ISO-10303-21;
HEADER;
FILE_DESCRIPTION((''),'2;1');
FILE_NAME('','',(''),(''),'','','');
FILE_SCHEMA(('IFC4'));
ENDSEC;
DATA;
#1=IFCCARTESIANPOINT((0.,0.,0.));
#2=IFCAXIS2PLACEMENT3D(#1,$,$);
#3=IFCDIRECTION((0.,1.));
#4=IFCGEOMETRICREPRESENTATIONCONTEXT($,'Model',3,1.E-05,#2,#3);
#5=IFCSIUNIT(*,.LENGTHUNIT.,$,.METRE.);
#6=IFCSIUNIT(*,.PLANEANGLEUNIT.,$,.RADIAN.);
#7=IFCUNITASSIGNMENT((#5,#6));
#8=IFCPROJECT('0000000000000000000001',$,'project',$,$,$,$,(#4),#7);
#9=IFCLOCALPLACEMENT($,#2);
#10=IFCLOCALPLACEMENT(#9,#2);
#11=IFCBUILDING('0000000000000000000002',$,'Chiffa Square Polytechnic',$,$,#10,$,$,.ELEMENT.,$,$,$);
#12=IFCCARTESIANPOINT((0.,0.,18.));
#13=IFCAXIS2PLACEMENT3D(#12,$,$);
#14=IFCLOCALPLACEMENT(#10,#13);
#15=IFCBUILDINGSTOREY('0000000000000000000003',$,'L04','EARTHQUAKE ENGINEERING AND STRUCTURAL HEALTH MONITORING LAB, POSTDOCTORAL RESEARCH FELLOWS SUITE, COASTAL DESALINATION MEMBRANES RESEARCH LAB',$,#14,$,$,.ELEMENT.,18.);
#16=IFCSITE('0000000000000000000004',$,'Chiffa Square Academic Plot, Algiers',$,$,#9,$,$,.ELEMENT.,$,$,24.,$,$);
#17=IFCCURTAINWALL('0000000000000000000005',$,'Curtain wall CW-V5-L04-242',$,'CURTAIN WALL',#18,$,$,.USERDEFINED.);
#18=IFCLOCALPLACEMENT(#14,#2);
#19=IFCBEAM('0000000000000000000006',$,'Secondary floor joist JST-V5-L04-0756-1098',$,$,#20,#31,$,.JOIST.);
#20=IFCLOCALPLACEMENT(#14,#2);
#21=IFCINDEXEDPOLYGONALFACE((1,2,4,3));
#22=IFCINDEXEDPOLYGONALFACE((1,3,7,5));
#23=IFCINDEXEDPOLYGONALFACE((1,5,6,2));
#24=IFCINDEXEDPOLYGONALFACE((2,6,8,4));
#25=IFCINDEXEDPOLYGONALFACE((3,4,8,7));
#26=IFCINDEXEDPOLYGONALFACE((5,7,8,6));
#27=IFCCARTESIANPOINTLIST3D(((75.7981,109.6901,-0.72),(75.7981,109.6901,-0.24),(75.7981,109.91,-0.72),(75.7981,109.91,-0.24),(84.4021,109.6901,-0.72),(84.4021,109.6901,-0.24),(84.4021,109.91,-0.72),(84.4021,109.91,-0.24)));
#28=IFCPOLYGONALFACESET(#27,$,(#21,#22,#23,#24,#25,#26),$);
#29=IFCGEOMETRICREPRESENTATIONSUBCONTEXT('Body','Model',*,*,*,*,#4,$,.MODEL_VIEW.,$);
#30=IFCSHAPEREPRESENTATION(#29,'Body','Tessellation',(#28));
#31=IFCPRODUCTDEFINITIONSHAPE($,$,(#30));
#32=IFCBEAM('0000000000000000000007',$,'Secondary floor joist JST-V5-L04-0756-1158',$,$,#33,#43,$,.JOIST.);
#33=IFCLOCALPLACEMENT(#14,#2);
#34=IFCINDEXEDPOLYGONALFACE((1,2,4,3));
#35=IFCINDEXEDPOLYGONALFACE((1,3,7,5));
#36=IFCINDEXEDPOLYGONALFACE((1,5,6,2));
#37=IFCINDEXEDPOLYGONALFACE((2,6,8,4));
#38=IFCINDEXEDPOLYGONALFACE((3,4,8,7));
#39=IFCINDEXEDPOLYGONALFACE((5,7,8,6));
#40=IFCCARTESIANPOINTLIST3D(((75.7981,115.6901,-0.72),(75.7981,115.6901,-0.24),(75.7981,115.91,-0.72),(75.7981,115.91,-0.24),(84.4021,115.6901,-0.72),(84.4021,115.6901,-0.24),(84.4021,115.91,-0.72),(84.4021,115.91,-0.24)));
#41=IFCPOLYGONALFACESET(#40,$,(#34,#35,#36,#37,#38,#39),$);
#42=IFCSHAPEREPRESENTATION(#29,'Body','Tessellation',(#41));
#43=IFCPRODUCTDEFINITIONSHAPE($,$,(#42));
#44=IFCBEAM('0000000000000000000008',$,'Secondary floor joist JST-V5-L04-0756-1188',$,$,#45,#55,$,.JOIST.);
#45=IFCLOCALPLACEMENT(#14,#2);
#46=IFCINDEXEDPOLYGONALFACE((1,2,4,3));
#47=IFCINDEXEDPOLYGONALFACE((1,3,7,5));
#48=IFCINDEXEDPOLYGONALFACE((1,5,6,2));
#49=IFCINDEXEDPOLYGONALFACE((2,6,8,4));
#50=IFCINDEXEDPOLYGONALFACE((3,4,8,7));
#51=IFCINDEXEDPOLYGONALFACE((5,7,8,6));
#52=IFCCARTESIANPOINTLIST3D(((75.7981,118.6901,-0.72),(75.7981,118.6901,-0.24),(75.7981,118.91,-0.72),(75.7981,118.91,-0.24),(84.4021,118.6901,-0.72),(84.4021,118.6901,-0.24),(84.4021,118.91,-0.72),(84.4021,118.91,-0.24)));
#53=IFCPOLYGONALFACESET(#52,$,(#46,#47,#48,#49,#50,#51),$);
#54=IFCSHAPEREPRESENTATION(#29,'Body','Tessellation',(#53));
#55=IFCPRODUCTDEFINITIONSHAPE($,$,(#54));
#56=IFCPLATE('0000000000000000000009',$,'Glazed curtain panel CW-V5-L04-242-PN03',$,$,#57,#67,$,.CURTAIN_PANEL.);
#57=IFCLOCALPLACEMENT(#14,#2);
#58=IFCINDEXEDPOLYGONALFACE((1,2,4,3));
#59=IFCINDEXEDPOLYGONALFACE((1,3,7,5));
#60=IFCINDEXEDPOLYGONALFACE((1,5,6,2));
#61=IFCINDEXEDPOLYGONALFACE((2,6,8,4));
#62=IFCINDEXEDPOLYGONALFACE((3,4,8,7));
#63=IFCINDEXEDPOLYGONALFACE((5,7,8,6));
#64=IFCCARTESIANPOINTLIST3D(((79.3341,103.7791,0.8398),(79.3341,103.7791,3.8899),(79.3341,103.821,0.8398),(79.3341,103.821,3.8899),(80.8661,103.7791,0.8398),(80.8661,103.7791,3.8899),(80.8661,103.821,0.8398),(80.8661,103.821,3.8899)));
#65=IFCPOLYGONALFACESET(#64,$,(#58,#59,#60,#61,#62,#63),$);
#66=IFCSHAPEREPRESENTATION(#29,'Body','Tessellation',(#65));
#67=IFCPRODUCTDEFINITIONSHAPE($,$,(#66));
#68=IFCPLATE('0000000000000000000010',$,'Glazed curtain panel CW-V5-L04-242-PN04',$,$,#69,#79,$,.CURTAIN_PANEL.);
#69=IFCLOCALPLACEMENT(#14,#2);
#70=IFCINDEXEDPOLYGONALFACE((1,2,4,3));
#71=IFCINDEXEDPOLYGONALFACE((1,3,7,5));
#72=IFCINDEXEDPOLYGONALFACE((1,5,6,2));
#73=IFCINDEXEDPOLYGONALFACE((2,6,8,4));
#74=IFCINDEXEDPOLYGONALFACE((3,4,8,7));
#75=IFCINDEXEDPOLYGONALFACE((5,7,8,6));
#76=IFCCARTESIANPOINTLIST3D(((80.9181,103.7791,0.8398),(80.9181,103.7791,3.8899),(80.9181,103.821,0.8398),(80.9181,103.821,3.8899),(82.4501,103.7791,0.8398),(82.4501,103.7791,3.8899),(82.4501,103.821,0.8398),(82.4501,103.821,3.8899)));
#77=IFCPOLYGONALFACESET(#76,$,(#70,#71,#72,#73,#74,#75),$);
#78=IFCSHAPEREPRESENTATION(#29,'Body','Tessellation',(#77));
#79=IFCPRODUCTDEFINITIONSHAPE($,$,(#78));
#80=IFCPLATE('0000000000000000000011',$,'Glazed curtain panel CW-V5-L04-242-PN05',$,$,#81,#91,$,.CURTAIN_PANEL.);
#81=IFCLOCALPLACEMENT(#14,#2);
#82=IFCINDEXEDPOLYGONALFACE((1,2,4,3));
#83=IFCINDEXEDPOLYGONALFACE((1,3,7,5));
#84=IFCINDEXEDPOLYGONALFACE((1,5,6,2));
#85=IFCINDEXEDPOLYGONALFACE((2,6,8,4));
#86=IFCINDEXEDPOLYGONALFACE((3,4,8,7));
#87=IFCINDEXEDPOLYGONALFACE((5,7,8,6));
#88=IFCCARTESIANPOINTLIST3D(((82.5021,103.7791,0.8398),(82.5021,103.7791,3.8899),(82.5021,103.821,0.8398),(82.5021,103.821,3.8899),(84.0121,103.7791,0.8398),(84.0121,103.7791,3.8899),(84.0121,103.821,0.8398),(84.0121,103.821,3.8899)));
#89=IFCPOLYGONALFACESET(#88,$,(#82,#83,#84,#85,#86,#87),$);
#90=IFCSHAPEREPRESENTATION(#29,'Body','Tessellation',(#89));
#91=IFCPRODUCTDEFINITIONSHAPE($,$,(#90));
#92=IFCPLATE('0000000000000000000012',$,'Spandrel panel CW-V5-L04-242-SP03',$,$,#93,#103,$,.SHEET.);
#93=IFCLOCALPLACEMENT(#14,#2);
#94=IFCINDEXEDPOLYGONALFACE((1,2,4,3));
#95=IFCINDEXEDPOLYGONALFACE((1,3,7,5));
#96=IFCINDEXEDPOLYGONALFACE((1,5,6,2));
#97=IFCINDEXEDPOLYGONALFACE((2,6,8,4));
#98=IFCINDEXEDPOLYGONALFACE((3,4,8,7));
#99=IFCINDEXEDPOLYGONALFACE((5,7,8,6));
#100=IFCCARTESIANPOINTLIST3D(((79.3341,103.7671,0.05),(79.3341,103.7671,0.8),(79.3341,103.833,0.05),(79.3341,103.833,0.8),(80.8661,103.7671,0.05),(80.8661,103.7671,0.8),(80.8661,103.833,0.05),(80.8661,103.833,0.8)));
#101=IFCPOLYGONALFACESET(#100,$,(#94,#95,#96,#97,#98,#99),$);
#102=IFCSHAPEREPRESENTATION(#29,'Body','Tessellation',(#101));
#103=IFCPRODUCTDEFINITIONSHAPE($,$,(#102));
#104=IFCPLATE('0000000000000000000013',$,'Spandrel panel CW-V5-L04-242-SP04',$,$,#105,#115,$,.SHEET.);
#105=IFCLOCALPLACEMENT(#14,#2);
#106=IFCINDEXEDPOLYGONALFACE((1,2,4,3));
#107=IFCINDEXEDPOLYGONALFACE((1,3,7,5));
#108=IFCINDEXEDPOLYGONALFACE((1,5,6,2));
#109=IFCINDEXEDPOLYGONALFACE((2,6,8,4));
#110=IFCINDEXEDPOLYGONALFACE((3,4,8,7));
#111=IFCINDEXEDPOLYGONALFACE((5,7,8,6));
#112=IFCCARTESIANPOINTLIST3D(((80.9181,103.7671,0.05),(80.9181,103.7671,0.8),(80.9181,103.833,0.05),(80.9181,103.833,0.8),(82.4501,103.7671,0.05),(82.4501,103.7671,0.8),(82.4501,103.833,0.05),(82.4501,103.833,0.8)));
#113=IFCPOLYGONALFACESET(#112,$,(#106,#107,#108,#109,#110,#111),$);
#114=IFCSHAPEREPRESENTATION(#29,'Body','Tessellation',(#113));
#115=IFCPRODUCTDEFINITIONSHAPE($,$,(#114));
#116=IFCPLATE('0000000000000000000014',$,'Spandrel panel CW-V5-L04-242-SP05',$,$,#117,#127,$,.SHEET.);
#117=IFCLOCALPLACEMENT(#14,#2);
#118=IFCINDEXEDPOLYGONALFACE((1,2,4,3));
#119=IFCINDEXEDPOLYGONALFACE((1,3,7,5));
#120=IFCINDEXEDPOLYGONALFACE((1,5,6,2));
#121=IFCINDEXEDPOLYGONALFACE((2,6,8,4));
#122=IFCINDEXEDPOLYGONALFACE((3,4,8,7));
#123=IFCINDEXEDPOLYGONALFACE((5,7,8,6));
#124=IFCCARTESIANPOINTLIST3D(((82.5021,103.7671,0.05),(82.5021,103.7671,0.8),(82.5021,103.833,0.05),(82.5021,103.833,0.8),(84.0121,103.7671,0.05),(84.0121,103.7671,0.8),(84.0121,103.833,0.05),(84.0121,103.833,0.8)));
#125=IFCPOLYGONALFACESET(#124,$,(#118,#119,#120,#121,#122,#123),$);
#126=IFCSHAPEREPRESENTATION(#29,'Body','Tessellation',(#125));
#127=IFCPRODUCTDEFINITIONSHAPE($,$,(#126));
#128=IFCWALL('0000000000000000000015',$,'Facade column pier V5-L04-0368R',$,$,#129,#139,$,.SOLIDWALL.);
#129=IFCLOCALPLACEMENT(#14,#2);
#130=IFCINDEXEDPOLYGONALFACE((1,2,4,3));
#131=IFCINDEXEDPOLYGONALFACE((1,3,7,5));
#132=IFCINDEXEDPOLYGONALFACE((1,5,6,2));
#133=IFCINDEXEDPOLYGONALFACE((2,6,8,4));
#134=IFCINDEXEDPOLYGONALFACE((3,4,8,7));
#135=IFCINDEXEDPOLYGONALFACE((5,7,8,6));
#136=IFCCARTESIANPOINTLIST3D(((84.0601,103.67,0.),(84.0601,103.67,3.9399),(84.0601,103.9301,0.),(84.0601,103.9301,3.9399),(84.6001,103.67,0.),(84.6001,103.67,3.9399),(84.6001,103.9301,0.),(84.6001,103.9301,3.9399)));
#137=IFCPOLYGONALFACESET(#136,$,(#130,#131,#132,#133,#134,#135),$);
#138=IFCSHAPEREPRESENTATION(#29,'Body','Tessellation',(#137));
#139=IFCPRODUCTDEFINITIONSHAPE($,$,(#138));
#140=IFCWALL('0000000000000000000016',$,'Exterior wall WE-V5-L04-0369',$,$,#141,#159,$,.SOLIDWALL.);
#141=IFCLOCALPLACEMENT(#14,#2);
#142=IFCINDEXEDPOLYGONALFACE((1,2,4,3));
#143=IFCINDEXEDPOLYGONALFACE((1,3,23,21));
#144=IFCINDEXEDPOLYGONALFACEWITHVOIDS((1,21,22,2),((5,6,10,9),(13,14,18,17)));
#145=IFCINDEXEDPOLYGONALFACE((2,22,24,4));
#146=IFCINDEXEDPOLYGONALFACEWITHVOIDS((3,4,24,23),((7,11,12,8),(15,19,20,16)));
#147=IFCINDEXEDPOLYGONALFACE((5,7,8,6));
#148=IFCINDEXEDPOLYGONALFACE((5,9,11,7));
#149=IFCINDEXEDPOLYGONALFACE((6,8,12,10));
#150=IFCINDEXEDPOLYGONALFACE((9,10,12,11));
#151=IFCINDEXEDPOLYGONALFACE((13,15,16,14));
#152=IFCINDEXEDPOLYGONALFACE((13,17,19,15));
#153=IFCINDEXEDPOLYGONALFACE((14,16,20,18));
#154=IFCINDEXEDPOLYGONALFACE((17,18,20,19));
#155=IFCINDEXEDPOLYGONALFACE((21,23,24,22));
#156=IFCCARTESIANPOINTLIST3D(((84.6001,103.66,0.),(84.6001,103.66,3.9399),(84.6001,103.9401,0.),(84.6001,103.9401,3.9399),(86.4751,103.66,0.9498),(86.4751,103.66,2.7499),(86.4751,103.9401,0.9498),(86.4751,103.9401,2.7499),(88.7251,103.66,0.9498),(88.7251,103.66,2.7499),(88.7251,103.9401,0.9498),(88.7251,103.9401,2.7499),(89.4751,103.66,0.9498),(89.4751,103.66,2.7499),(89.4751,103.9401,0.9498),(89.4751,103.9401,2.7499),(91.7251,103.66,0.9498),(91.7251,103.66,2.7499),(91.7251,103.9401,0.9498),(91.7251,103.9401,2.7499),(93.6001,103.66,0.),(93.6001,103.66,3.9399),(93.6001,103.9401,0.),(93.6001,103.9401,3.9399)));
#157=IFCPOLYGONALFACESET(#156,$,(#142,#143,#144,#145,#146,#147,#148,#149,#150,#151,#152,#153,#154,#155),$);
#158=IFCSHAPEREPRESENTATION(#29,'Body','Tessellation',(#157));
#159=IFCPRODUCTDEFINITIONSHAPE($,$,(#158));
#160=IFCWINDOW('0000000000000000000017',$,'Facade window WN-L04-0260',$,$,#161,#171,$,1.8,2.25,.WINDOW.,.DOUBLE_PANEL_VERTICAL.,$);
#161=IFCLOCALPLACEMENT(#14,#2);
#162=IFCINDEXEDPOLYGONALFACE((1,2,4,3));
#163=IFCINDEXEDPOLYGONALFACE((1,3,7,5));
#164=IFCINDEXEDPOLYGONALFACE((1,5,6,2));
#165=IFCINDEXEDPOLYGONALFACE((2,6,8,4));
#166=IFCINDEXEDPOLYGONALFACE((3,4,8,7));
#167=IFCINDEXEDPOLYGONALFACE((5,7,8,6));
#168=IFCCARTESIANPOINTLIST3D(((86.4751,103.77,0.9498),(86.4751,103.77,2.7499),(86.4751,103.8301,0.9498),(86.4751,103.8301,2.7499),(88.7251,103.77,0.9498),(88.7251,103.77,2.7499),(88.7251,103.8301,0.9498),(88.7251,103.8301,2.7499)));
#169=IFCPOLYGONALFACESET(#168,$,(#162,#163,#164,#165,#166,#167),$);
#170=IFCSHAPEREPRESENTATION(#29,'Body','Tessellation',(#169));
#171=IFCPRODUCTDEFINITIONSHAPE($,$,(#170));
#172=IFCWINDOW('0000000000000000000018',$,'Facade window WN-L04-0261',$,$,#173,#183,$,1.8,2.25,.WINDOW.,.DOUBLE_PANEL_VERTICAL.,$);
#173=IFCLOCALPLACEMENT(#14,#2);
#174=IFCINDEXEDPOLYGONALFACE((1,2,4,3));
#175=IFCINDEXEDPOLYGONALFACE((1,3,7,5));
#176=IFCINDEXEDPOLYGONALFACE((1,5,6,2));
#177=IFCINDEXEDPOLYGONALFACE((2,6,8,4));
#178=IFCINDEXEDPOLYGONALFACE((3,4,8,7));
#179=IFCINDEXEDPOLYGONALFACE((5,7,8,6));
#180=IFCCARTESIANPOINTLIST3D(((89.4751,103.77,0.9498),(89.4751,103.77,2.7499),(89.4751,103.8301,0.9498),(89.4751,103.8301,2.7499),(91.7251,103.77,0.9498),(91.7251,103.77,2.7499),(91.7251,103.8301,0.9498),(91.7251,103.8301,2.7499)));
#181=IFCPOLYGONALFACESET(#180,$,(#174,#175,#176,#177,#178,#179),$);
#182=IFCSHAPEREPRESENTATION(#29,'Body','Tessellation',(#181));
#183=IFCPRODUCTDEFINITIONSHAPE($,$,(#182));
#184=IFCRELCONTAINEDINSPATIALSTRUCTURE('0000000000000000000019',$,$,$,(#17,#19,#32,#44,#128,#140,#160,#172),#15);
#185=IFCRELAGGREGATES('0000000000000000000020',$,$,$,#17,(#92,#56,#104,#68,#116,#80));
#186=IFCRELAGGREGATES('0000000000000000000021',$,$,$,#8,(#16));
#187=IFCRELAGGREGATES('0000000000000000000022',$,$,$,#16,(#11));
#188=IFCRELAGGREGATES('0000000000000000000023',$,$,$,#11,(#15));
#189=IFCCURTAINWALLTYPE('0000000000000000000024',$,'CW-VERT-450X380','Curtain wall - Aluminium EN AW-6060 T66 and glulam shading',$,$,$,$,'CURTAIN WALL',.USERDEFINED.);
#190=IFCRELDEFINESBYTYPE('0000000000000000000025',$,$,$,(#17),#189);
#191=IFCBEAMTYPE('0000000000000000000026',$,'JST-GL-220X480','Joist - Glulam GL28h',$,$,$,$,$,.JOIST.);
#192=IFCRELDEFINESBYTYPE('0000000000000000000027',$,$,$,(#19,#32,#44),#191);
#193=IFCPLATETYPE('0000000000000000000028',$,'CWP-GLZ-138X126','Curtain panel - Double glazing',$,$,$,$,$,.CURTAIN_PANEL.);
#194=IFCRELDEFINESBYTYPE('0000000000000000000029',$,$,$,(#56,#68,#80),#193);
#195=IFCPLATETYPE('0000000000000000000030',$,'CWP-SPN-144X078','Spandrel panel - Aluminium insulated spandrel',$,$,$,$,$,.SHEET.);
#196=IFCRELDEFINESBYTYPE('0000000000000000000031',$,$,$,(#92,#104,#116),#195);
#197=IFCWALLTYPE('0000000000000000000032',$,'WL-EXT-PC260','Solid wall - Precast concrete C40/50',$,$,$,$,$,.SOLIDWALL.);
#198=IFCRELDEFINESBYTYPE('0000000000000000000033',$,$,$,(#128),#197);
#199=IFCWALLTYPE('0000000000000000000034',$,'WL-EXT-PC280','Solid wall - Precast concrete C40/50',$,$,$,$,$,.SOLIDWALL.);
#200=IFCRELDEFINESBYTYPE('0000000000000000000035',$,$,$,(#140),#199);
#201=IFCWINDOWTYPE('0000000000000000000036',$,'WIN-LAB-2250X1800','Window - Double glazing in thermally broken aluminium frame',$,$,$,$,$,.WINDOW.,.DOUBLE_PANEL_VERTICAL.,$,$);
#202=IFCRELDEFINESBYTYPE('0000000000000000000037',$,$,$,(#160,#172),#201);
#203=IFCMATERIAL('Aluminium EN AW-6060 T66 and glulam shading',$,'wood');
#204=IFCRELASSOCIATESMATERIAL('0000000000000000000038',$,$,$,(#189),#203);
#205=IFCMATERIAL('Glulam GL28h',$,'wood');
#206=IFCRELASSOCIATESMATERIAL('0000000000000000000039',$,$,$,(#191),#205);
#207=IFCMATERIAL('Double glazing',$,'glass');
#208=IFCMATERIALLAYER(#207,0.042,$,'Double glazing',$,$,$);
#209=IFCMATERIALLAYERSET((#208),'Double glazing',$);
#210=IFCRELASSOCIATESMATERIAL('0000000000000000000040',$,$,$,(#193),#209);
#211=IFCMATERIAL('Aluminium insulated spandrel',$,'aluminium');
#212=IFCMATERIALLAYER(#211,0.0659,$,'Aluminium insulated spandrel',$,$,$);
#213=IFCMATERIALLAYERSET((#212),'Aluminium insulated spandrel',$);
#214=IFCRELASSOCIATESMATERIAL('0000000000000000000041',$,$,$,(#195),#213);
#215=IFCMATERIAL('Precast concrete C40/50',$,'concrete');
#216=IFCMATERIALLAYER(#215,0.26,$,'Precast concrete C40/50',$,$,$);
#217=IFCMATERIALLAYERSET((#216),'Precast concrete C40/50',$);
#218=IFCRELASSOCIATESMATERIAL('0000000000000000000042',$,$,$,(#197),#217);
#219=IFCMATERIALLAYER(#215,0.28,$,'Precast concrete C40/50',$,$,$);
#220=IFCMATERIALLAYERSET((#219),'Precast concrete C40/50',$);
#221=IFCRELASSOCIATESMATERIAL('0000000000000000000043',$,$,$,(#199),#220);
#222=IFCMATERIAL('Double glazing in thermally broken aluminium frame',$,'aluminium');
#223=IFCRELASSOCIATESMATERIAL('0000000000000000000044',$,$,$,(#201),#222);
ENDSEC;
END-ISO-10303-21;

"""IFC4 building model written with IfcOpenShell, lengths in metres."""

from ifc_helpers import new_model, si_unit, direction, frame, frame_2d, origin, origin_2d, place, context, subcontext, project, spatial, rectangle, extrude, material, layer, layer_set, material_profile, profile_set, type_object, element, fill, aggregate, save


model = new_model("IFC4")

# Units and contexts
model_context = context("Model", 3, precision=1e-05, world=origin(), true_north=direction((0.0, 1.0)))
body_context = subcontext(model_context, "Body", "Model", "MODEL_VIEW")
ifc_project = project(units=[si_unit("LENGTHUNIT", "METRE"), si_unit("PLANEANGLEUNIT", "RADIAN")], contexts=[model_context])

# Site, building, storey
site_placement = place(None, origin())
site = spatial("IfcSite", under=ifc_project, at=site_placement, Name="Chiffa Square Academic Plot, Algiers", CompositionType="ELEMENT", RefElevation=24.0)
building_placement = place(site_placement, origin())
building = spatial("IfcBuilding", under=site, at=building_placement, Name="Chiffa Square Polytechnic", CompositionType="ELEMENT")
storey_placement = place(building_placement, frame((0.0, 0.0, 18.0)))
storey = spatial("IfcBuildingStorey", under=building, at=storey_placement, Name="L04", Description="EARTHQUAKE ENGINEERING AND STRUCTURAL HEALTH MONITORING LAB, POSTDOCTORAL RESEARCH FELLOWS SUITE, COASTAL DESALINATION MEMBRANES RESEARCH LAB", CompositionType="ELEMENT", Elevation=18.0)

# Curtain wall
ifc_material_1 = material(Name="Aluminium EN AW-6060 T66 and glulam shading", Category="wood")
curtain_wall_type = type_object("IfcCurtainWallType", Name="CW-VERT-450X380", Description="Curtain wall - Aluminium EN AW-6060 T66 and glulam shading", ElementType="CURTAIN WALL", PredefinedType="USERDEFINED", material=ifc_material_1)
curtain_wall_placement = place(storey_placement, origin())
curtain_wall = element("IfcCurtainWall", 1, at=curtain_wall_placement, inside=storey, type_object=curtain_wall_type, Name="Curtain wall CW-V5-L04-242", ObjectType="CURTAIN WALL", PredefinedType="USERDEFINED")

# Beams
ifc_material_2 = material(Name="Glulam GL28h", Category="wood")
ifc_material_profile_1 = material_profile(ifc_material_2, rectangle(XDim=0.22, YDim=0.48, at=origin_2d()), Name="GL28h 220x480")
ifc_profile_set_1 = profile_set([ifc_material_profile_1], Name="Glulam GL28h")
beam_type_1 = type_object("IfcBeamType", Name="JST-GL-220X480", Description="Joist - Glulam GL28h", PredefinedType="JOIST", material=ifc_profile_set_1)
for number, where, z_axis, x_axis, name in (
    (2, (75.7981, 109.8, -0.48), (1.0, 0.0, 0.0), (0.0, 1.0, 0.0), "Secondary floor joist JST-V5-L04-0756-1098"),
    (3, (75.7981, 115.8, -0.48), (1.0, 0.0, 0.0), (0.0, 1.0, 0.0), "Secondary floor joist JST-V5-L04-0756-1158"),
    (4, (75.7981, 118.8, -0.48), (1.0, 0.0, 0.0), (0.0, 1.0, 0.0), "Secondary floor joist JST-V5-L04-0756-1188"),
):
    element("IfcBeam", number, at=place(storey_placement, frame(where, z_axis=z_axis, x_axis=x_axis)), inside=storey, type_object=beam_type_1, Name=name, PredefinedType="JOIST", context=body_context, shape_type="SweptSolid", body=[
        extrude(rectangle(XDim=0.22, YDim=0.48, at=origin_2d()), origin(), (0.0, 0.0, 1.0), 8.604),
    ])

# Plates
ifc_material_3 = material(Name="Double glazing", Category="glass")
ifc_layer_1 = layer(ifc_material_3, 0.042, Name="Double glazing")
ifc_layer_set_1 = layer_set([ifc_layer_1], Name="Double glazing")
plate_type_1 = type_object("IfcPlateType", Name="CWP-GLZ-138X126", Description="Curtain panel - Double glazing", PredefinedType="CURTAIN_PANEL", material=ifc_layer_set_1)
plate_1_placement = place(storey_placement, frame((80.1001, 103.8, 0.8398), z_axis=(0.0, 0.0, 1.0), x_axis=(1.0, 0.0, 0.0)))
plate_1 = element("IfcPlate", 5, at=plate_1_placement, type_object=plate_type_1, Name="Glazed curtain panel CW-V5-L04-242-PN03", PredefinedType="CURTAIN_PANEL", context=body_context, shape_type="SweptSolid", body=[
    extrude(rectangle(XDim=1.532, YDim=0.042, at=origin_2d()), origin(), (0.0, 0.0, 1.0), 3.05),
])
plate_2_placement = place(storey_placement, frame((81.6841, 103.8, 0.8398), z_axis=(0.0, 0.0, 1.0), x_axis=(1.0, 0.0, 0.0)))
plate_2 = element("IfcPlate", 6, at=plate_2_placement, type_object=plate_type_1, Name="Glazed curtain panel CW-V5-L04-242-PN04", PredefinedType="CURTAIN_PANEL", context=body_context, shape_type="SweptSolid", body=[
    extrude(rectangle(XDim=1.532, YDim=0.042, at=origin_2d()), origin(), (0.0, 0.0, 1.0), 3.05),
])
plate_3_placement = place(storey_placement, frame((83.2571, 103.8, 0.8398), z_axis=(0.0, 0.0, 1.0), x_axis=(1.0, 0.0, 0.0)))
plate_3 = element("IfcPlate", 7, at=plate_3_placement, type_object=plate_type_1, Name="Glazed curtain panel CW-V5-L04-242-PN05", PredefinedType="CURTAIN_PANEL", context=body_context, shape_type="SweptSolid", body=[
    extrude(rectangle(XDim=1.51, YDim=0.042, at=origin_2d()), origin(), (0.0, 0.0, 1.0), 3.05),
])
ifc_material_4 = material(Name="Aluminium insulated spandrel", Category="aluminium")
ifc_layer_2 = layer(ifc_material_4, 0.0659, Name="Aluminium insulated spandrel")
ifc_layer_set_2 = layer_set([ifc_layer_2], Name="Aluminium insulated spandrel")
plate_type_2 = type_object("IfcPlateType", Name="CWP-SPN-144X078", Description="Spandrel panel - Aluminium insulated spandrel", PredefinedType="SHEET", material=ifc_layer_set_2)
plate_4_placement = place(storey_placement, frame((80.1001, 103.8, 0.05), z_axis=(0.0, 0.0, 1.0), x_axis=(1.0, 0.0, 0.0)))
plate_4 = element("IfcPlate", 8, at=plate_4_placement, type_object=plate_type_2, Name="Spandrel panel CW-V5-L04-242-SP03", PredefinedType="SHEET", context=body_context, shape_type="SweptSolid", body=[
    extrude(rectangle(XDim=1.532, YDim=0.0659, at=origin_2d()), origin(), (0.0, 0.0, 1.0), 0.75),
])
plate_5_placement = place(storey_placement, frame((81.6841, 103.8, 0.05), z_axis=(0.0, 0.0, 1.0), x_axis=(1.0, 0.0, 0.0)))
plate_5 = element("IfcPlate", 9, at=plate_5_placement, type_object=plate_type_2, Name="Spandrel panel CW-V5-L04-242-SP04", PredefinedType="SHEET", context=body_context, shape_type="SweptSolid", body=[
    extrude(rectangle(XDim=1.532, YDim=0.0659, at=origin_2d()), origin(), (0.0, 0.0, 1.0), 0.75),
])
plate_6_placement = place(storey_placement, frame((83.2571, 103.8, 0.05), z_axis=(0.0, 0.0, 1.0), x_axis=(1.0, 0.0, 0.0)))
plate_6 = element("IfcPlate", 10, at=plate_6_placement, type_object=plate_type_2, Name="Spandrel panel CW-V5-L04-242-SP05", PredefinedType="SHEET", context=body_context, shape_type="SweptSolid", body=[
    extrude(rectangle(XDim=1.51, YDim=0.0659, at=origin_2d()), origin(), (0.0, 0.0, 1.0), 0.75),
])
aggregate(curtain_wall, [plate_4, plate_1, plate_5, plate_2, plate_6, plate_3])

# Wall
ifc_material_5 = material(Name="Precast concrete C40/50", Category="concrete")
ifc_layer_3 = layer(ifc_material_5, 0.26, Name="Precast concrete C40/50")
ifc_layer_set_3 = layer_set([ifc_layer_3], Name="Precast concrete C40/50")
wall_type_1 = type_object("IfcWallType", Name="WL-EXT-PC260", Description="Solid wall - Precast concrete C40/50", PredefinedType="SOLIDWALL", material=ifc_layer_set_3)
wall_1_placement = place(storey_placement, frame((84.0601, 103.8, 0.0), z_axis=(0.0, 0.0, 1.0), x_axis=(1.0, 0.0, 0.0)))
element("IfcWall", 11, at=wall_1_placement, inside=storey, type_object=wall_type_1, Name="Facade column pier V5-L04-0368R", PredefinedType="SOLIDWALL", context=body_context, shape_type="SweptSolid", body=[
    extrude(rectangle(XDim=0.54, YDim=0.26, at=frame_2d((0.27, 0.0))), origin(), (0.0, 0.0, 1.0), 3.9399),
])

# Wall, openings, windows
ifc_layer_4 = layer(ifc_material_5, 0.28, Name="Precast concrete C40/50")
ifc_layer_set_4 = layer_set([ifc_layer_4], Name="Precast concrete C40/50")
wall_type_2 = type_object("IfcWallType", Name="WL-EXT-PC280", Description="Solid wall - Precast concrete C40/50", PredefinedType="SOLIDWALL", material=ifc_layer_set_4)
wall_2_placement = place(storey_placement, frame((84.6001, 103.8, 0.0), z_axis=(0.0, 0.0, 1.0), x_axis=(1.0, 0.0, 0.0)))
wall_2 = element("IfcWall", 12, at=wall_2_placement, inside=storey, type_object=wall_type_2, Name="Exterior wall WE-V5-L04-0369", PredefinedType="SOLIDWALL", context=body_context, shape_type="SweptSolid", body=[
    extrude(rectangle(XDim=9.0, YDim=0.28, at=frame_2d((4.5, 0.0))), origin(), (0.0, 0.0, 1.0), 3.9399),
])
opening_1_placement = place(wall_2_placement, frame((1.875, 0.0, 0.95)))
opening_1 = element("IfcOpeningElement", 13, at=opening_1_placement, cuts=wall_2, PredefinedType="OPENING", context=body_context, shape_type="SweptSolid", body=[
    extrude(rectangle(XDim=2.25, YDim=1.8, at=frame_2d((1.125, 0.8999))), frame((0.0, 0.1499, 0.0), z_axis=(0.0, -1.0, 0.0), x_axis=(1.0, 0.0, 0.0)), (0.0, 0.0, 1.0), 0.3),
])
opening_2_placement = place(wall_2_placement, frame((4.875, 0.0, 0.95)))
opening_2 = element("IfcOpeningElement", 14, at=opening_2_placement, cuts=wall_2, PredefinedType="OPENING", context=body_context, shape_type="SweptSolid", body=[
    extrude(rectangle(XDim=2.25, YDim=1.8, at=frame_2d((1.125, 0.8999))), frame((0.0, 0.1499, 0.0), z_axis=(0.0, -1.0, 0.0), x_axis=(1.0, 0.0, 0.0)), (0.0, 0.0, 1.0), 0.3),
])
ifc_material_6 = material(Name="Double glazing in thermally broken aluminium frame", Category="aluminium")
window_type = type_object("IfcWindowType", Name="WIN-LAB-2250X1800", Description="Window - Double glazing in thermally broken aluminium frame", PartitioningType="DOUBLE_PANEL_VERTICAL", PredefinedType="WINDOW", material=ifc_material_6)
window_1_placement = place(opening_1_placement, origin())
window_1 = element("IfcWindow", 15, at=window_1_placement, inside=storey, type_object=window_type, Name="Facade window WN-L04-0260", OverallHeight=1.8, OverallWidth=2.25, PartitioningType="DOUBLE_PANEL_VERTICAL", PredefinedType="WINDOW", context=body_context, shape_type="SweptSolid", body=[
    extrude(rectangle(XDim=2.25, YDim=1.8, at=frame_2d((1.125, 0.8999))), frame((0.0, 0.03, 0.0), z_axis=(0.0, -1.0, 0.0), x_axis=(1.0, 0.0, 0.0)), (0.0, 0.0, 1.0), 0.0601),
])
fill(opening_1, window_1)
window_2_placement = place(opening_2_placement, origin())
window_2 = element("IfcWindow", 16, at=window_2_placement, inside=storey, type_object=window_type, Name="Facade window WN-L04-0261", OverallHeight=1.8, OverallWidth=2.25, PartitioningType="DOUBLE_PANEL_VERTICAL", PredefinedType="WINDOW", context=body_context, shape_type="SweptSolid", body=[
    extrude(rectangle(XDim=2.25, YDim=1.8, at=frame_2d((1.125, 0.8999))), frame((0.0, 0.03, 0.0), z_axis=(0.0, -1.0, 0.0), x_axis=(1.0, 0.0, 0.0)), (0.0, 0.0, 1.0), 0.0601),
])
fill(opening_2, window_2)

save(model, "model.ifc")
